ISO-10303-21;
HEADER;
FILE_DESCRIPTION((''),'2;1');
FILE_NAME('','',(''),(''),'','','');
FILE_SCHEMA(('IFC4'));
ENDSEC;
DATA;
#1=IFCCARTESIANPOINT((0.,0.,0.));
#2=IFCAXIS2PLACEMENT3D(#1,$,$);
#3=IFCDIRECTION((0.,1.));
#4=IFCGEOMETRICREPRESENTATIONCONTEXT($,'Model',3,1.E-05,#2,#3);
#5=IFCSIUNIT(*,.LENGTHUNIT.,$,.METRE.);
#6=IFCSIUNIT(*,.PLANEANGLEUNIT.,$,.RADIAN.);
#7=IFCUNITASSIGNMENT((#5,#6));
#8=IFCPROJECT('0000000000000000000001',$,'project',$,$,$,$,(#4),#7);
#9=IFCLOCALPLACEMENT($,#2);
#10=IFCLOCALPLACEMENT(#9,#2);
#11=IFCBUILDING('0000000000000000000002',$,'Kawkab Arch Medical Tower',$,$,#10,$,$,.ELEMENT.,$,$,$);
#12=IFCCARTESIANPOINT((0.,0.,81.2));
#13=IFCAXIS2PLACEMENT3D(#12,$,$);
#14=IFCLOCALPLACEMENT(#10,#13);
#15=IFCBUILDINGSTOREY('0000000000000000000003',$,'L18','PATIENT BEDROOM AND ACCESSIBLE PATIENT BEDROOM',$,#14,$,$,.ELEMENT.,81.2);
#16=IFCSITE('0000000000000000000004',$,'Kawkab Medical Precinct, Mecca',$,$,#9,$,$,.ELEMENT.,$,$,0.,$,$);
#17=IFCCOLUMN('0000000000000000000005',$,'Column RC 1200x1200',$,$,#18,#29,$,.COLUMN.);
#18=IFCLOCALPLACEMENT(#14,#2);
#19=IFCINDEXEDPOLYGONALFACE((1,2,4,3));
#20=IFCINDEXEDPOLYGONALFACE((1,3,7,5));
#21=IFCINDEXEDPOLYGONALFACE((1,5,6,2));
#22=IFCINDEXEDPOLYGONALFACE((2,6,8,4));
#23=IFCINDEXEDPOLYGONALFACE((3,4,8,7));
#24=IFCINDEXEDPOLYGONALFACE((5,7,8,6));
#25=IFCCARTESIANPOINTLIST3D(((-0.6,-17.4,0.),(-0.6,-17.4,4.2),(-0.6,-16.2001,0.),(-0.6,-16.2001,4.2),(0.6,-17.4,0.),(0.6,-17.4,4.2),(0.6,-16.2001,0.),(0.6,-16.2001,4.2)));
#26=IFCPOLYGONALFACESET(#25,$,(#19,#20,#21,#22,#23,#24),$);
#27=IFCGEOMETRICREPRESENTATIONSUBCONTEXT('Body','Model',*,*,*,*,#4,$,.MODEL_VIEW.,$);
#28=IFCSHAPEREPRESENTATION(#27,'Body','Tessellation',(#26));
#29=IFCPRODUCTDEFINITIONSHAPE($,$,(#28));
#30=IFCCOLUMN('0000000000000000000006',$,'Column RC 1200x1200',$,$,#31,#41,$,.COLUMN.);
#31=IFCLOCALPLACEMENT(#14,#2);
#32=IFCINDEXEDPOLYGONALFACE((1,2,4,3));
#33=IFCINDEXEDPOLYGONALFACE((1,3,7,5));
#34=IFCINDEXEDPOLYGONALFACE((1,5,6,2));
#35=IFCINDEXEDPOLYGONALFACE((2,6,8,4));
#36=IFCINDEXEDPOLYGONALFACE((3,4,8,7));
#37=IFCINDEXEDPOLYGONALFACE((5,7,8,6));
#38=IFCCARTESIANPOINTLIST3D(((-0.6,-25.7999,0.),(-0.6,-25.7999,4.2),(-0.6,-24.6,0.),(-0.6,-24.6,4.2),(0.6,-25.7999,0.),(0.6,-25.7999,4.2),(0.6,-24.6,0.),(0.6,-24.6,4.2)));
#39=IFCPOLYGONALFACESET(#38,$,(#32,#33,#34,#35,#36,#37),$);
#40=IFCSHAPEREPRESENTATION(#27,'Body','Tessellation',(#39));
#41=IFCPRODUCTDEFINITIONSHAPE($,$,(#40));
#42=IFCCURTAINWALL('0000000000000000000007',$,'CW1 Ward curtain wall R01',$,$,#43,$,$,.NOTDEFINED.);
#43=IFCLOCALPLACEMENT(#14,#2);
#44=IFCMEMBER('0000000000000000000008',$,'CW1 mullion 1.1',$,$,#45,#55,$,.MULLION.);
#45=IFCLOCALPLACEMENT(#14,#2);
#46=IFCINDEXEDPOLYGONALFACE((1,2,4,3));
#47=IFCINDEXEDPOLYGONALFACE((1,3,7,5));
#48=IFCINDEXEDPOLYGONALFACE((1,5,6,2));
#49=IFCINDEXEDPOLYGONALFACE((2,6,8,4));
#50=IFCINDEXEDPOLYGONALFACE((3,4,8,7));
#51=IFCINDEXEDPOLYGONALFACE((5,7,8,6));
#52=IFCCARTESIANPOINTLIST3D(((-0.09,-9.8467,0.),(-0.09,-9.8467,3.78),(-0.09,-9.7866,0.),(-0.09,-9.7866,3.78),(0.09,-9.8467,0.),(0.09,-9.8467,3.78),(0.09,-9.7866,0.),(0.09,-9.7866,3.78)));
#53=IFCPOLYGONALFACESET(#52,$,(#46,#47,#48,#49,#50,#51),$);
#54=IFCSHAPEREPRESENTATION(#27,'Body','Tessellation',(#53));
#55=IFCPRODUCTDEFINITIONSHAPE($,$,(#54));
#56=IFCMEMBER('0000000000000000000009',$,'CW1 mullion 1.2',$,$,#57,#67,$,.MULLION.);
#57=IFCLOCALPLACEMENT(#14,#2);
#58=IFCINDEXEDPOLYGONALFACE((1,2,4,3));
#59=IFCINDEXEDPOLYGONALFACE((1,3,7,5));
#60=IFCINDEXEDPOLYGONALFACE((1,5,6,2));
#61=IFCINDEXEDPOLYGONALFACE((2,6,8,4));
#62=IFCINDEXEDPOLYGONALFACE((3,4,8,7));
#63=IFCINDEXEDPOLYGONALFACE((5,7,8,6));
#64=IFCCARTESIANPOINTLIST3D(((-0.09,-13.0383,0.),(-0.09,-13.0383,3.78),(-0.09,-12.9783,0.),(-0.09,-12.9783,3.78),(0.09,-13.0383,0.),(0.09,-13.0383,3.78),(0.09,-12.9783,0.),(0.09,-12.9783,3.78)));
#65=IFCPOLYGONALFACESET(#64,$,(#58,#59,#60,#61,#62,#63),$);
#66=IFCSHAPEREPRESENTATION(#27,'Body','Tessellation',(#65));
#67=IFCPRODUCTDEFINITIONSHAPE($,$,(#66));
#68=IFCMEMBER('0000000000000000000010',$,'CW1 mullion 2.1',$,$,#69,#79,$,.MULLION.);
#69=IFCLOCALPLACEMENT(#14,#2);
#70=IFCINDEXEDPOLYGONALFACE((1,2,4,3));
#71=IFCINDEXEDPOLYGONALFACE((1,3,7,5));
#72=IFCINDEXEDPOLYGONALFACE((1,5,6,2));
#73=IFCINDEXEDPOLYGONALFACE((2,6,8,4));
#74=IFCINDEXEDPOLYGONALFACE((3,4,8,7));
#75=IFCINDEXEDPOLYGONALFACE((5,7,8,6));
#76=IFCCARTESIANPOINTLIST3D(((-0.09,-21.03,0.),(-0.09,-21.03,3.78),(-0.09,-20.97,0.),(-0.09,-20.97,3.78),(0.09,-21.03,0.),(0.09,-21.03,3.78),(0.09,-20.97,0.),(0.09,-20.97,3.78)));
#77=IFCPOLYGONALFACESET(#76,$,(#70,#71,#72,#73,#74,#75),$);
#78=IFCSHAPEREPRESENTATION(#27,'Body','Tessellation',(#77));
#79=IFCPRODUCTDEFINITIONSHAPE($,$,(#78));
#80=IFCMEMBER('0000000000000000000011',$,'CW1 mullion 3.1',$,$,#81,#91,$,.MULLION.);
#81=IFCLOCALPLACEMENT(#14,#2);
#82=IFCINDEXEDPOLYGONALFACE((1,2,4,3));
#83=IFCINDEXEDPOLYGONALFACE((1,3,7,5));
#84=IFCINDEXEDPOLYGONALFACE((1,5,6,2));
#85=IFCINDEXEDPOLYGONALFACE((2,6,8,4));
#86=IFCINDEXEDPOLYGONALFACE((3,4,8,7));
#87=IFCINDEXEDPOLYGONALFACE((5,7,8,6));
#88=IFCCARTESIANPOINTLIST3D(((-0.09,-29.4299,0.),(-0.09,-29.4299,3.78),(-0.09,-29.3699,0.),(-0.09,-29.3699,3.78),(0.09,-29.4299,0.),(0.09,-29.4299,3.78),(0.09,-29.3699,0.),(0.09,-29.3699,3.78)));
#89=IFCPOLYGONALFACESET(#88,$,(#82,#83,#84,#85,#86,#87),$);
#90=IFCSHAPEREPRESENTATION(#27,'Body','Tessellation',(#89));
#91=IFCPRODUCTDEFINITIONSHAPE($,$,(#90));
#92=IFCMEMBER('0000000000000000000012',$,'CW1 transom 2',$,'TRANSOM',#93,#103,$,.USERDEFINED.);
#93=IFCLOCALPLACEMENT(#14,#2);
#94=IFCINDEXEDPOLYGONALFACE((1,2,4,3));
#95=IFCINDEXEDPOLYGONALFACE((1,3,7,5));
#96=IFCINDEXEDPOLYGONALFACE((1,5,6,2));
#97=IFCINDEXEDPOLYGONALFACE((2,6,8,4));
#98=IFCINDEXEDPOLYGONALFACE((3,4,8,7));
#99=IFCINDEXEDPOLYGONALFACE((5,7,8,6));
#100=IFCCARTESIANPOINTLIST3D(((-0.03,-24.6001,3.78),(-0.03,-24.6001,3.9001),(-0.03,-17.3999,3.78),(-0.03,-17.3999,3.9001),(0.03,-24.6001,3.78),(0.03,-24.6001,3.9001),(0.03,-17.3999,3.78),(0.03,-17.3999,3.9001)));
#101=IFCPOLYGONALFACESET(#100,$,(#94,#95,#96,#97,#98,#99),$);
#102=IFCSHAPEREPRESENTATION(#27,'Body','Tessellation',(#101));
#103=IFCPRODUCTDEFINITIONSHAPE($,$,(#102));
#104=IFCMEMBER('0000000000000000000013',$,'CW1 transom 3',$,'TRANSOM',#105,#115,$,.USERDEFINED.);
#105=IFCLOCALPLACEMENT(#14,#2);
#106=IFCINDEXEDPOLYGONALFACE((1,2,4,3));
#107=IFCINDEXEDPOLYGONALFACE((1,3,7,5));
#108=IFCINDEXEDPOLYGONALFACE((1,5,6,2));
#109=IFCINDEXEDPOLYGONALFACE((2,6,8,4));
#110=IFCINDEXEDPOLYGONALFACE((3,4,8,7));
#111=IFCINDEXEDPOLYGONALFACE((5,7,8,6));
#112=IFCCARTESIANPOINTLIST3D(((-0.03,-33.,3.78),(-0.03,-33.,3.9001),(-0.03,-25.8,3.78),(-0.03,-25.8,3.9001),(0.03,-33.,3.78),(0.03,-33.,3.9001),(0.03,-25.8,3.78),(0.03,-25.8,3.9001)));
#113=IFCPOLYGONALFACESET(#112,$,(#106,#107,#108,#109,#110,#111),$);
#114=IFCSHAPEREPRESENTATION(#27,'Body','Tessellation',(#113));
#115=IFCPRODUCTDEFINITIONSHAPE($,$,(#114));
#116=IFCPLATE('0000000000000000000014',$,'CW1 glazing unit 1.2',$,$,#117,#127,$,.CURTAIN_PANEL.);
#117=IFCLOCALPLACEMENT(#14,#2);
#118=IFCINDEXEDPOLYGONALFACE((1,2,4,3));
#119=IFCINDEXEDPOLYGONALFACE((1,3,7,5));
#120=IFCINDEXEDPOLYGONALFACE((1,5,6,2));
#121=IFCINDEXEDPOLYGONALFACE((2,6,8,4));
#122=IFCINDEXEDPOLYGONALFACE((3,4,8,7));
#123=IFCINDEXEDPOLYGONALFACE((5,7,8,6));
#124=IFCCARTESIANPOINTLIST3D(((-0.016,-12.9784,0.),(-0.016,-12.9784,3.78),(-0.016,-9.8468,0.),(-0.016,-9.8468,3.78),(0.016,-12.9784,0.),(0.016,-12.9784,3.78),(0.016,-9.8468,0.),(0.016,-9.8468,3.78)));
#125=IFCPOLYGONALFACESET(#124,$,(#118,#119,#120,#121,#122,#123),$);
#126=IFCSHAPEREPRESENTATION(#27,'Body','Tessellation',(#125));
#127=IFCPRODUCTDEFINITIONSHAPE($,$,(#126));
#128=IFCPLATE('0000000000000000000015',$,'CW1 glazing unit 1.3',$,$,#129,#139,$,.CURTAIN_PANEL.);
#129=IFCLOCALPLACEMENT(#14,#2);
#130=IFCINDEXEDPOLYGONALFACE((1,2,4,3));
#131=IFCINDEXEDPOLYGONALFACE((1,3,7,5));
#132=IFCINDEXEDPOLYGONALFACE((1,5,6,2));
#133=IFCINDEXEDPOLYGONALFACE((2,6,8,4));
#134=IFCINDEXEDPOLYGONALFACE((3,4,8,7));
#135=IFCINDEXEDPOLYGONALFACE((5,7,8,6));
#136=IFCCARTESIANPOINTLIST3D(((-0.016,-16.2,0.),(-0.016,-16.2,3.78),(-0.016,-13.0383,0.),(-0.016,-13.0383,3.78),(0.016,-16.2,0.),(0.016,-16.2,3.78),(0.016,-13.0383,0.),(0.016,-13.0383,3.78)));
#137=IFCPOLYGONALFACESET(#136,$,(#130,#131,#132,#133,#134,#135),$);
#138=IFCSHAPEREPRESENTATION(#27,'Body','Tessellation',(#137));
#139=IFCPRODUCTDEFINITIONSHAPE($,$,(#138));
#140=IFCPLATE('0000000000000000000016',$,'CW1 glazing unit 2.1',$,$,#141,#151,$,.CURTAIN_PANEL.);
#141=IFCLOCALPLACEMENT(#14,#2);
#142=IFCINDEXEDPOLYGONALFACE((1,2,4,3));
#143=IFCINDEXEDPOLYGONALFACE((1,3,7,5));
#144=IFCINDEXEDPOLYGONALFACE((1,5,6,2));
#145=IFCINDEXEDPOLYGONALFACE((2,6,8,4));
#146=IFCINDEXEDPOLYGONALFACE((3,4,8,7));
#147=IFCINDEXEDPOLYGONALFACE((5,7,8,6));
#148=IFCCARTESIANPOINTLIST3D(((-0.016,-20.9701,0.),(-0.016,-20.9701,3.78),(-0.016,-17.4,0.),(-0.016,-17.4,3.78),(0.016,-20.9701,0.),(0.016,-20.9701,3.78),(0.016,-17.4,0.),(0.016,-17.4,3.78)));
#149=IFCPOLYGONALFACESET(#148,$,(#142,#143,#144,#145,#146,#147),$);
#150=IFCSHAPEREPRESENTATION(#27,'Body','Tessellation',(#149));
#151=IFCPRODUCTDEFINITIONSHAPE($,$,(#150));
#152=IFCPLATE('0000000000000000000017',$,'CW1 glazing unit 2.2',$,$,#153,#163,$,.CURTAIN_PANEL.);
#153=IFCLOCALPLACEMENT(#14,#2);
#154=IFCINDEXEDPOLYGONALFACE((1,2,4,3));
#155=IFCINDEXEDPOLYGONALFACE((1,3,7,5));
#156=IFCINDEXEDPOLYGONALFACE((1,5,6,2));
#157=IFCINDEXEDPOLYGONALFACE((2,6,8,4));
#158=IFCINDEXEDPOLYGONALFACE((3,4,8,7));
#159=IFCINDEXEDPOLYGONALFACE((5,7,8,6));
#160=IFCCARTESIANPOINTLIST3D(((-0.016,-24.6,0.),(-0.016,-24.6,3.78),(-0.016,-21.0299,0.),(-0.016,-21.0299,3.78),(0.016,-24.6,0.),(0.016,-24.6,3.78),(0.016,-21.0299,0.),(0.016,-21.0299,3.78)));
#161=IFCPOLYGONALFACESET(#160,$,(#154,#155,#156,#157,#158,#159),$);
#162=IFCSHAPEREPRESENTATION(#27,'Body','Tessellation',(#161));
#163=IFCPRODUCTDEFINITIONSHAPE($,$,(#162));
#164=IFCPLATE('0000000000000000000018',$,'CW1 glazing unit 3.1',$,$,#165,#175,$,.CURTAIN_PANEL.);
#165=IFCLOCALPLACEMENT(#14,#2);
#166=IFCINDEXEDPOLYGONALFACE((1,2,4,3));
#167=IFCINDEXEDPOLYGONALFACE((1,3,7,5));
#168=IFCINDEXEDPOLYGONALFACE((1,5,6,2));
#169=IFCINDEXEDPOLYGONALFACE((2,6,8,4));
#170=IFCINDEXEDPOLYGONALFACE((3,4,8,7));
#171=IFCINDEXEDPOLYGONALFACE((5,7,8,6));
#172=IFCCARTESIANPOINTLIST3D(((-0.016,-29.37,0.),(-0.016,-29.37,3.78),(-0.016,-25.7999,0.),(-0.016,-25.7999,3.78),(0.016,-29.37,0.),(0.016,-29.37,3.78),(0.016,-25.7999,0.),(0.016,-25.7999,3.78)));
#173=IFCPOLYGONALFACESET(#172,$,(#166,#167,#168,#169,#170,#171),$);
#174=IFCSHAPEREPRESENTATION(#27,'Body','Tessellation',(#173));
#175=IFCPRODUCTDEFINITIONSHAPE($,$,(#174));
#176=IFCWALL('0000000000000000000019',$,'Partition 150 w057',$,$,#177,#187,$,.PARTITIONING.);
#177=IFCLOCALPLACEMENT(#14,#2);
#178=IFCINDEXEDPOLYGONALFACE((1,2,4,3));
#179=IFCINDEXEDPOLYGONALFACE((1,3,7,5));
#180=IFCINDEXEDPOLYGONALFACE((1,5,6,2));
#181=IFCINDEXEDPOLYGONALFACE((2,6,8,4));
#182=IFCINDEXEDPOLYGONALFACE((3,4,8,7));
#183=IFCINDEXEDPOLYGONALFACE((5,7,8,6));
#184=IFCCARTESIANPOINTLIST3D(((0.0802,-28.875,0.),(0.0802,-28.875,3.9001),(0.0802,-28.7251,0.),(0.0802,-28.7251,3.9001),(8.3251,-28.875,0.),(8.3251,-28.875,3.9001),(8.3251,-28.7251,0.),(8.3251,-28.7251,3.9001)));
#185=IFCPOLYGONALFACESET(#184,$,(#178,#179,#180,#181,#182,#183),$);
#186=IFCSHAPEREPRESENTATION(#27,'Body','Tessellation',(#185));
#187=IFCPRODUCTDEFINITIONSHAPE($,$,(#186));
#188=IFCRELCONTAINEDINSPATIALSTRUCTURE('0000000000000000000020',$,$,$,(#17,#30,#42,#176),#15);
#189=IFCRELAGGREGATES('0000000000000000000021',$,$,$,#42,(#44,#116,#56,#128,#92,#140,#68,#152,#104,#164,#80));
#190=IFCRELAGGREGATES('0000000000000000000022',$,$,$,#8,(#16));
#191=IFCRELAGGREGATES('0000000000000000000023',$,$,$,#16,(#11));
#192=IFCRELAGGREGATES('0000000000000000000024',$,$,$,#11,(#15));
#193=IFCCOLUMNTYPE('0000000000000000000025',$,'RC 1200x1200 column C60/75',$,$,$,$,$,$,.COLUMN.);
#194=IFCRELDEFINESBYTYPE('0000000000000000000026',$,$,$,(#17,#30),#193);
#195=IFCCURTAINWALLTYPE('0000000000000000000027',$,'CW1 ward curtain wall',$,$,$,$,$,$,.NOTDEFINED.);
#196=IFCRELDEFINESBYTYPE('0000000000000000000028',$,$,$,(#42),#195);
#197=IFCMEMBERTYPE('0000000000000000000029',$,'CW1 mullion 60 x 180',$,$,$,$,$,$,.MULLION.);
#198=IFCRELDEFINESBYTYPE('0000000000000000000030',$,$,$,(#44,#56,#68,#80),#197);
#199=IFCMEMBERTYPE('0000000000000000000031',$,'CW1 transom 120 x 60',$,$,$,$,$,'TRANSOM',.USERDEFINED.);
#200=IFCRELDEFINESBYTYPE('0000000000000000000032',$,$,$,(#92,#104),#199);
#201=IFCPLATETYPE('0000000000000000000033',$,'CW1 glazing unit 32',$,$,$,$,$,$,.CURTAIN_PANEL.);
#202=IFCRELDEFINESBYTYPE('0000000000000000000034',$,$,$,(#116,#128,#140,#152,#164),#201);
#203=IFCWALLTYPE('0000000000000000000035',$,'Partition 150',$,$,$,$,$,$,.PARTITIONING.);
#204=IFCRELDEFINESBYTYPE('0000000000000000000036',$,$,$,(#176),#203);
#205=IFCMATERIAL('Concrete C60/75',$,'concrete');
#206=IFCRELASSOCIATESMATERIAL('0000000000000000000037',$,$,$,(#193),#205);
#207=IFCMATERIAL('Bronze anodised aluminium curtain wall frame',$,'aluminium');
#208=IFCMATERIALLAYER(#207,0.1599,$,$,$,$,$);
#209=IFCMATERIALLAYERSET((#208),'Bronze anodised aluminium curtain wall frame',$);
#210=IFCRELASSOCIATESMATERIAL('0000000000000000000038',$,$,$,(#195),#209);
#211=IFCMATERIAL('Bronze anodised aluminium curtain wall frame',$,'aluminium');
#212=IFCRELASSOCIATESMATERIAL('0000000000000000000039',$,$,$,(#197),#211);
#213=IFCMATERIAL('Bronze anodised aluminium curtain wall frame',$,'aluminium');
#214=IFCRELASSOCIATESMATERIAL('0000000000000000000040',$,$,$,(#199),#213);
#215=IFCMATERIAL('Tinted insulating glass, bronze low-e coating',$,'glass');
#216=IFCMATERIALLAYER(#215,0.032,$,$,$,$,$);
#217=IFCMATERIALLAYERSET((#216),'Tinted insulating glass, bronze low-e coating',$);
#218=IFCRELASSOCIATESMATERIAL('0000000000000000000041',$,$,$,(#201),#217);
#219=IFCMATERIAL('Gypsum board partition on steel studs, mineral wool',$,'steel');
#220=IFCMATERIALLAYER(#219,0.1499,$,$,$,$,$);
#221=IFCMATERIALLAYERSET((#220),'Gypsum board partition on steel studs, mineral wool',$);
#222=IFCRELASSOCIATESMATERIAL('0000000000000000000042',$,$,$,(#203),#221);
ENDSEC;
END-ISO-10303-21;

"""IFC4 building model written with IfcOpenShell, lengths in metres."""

from ifc_helpers import new_model, si_unit, direction, frame, frame_2d, origin, origin_2d, place, context, subcontext, project, spatial, rectangle, extrude, material, layer, layer_set, material_profile, profile_set, type_object, element, aggregate, save


model = new_model("IFC4")

# Units and contexts
model_context = context("Model", 3, precision=1e-05, world=origin(), true_north=direction((0.0, 1.0)))
body_context = subcontext(model_context, "Body", "Model", "MODEL_VIEW")
ifc_project = project(units=[si_unit("LENGTHUNIT", "METRE"), si_unit("PLANEANGLEUNIT", "RADIAN")], contexts=[model_context])

# Site, building, storey
site_placement = place(None, origin())
site = spatial("IfcSite", under=ifc_project, at=site_placement, Name="Kawkab Medical Precinct, Mecca", CompositionType="ELEMENT", RefElevation=0.0)
building_placement = place(site_placement, origin())
building = spatial("IfcBuilding", under=site, at=building_placement, Name="Kawkab Arch Medical Tower", CompositionType="ELEMENT")
storey_placement = place(building_placement, frame((0.0, 0.0, 81.2)))
storey = spatial("IfcBuildingStorey", under=building, at=storey_placement, Name="L18", Description="PATIENT BEDROOM AND ACCESSIBLE PATIENT BEDROOM", CompositionType="ELEMENT", Elevation=81.2)

# Columns
ifc_material_1 = material(Name="Concrete C60/75", Category="concrete")
ifc_material_profile_1 = material_profile(ifc_material_1, rectangle(XDim=1.2, YDim=1.2, at=origin_2d()), Name="RC 1200x1200")
ifc_profile_set_1 = profile_set([ifc_material_profile_1], Name="Concrete C60/75")
column_type = type_object("IfcColumnType", Name="RC 1200x1200 column C60/75", PredefinedType="COLUMN", material=ifc_profile_set_1)
for number, where, z_axis, x_axis, name in (
    (1, (0.0, -16.8, 0.0), (0.0, 0.0, 1.0), (1.0, 0.0, 0.0), "Column RC 1200x1200"),
    (2, (0.0, -25.2, 0.0), (0.0, 0.0, 1.0), (1.0, 0.0, 0.0), "Column RC 1200x1200"),
):
    element("IfcColumn", number, at=place(storey_placement, frame(where, z_axis=z_axis, x_axis=x_axis)), inside=storey, type_object=column_type, Name=name, PredefinedType="COLUMN", context=body_context, shape_type="SweptSolid", body=[
        extrude(rectangle(XDim=1.2, YDim=1.2, at=origin_2d()), origin(), (0.0, 0.0, 1.0), 4.2),
    ])

# Curtain wall, members, plates
ifc_material_2 = material(Name="Bronze anodised aluminium curtain wall frame", Category="aluminium")
ifc_layer_1 = layer(ifc_material_2, 0.1599)
ifc_layer_set_1 = layer_set([ifc_layer_1], Name="Bronze anodised aluminium curtain wall frame")
curtain_wall_type = type_object("IfcCurtainWallType", Name="CW1 ward curtain wall", PredefinedType="NOTDEFINED", material=ifc_layer_set_1)
placement = place(storey_placement, origin())
curtain_wall = element("IfcCurtainWall", 3, at=placement, inside=storey, type_object=curtain_wall_type, Name="CW1 Ward curtain wall R01", PredefinedType="NOTDEFINED")
ifc_material_3 = material(Name="Bronze anodised aluminium curtain wall frame", Category="aluminium")
ifc_material_profile_2 = material_profile(ifc_material_3, rectangle(XDim=0.1799, YDim=0.0601, at=origin_2d()), Name="AL 60x180")
ifc_profile_set_2 = profile_set([ifc_material_profile_2], Name="Bronze anodised aluminium curtain wall frame")
member_type_1 = type_object("IfcMemberType", Name="CW1 mullion 60 x 180", PredefinedType="MULLION", material=ifc_profile_set_2)
member_1_placement = place(storey_placement, frame((0.0, -9.8167, 0.0), z_axis=(0.0, 0.0, 1.0), x_axis=(1.0, 0.0, 0.0)))
member_1 = element("IfcMember", 4, at=member_1_placement, type_object=member_type_1, Name="CW1 mullion 1.1", PredefinedType="MULLION", context=body_context, shape_type="SweptSolid", body=[
    extrude(rectangle(XDim=0.1799, YDim=0.0601, at=origin_2d()), origin(), (0.0, 0.0, 1.0), 3.78),
])
member_2_placement = place(storey_placement, frame((0.0, -13.0083, 0.0), z_axis=(0.0, 0.0, 1.0), x_axis=(1.0, 0.0, 0.0)))
member_2 = element("IfcMember", 5, at=member_2_placement, type_object=member_type_1, Name="CW1 mullion 1.2", PredefinedType="MULLION", context=body_context, shape_type="SweptSolid", body=[
    extrude(rectangle(XDim=0.1799, YDim=0.0601, at=origin_2d()), origin(), (0.0, 0.0, 1.0), 3.78),
])
member_3_placement = place(storey_placement, frame((0.0, -21.0, 0.0), z_axis=(0.0, 0.0, 1.0), x_axis=(1.0, 0.0, 0.0)))
member_3 = element("IfcMember", 6, at=member_3_placement, type_object=member_type_1, Name="CW1 mullion 2.1", PredefinedType="MULLION", context=body_context, shape_type="SweptSolid", body=[
    extrude(rectangle(XDim=0.1799, YDim=0.0601, at=origin_2d()), origin(), (0.0, 0.0, 1.0), 3.78),
])
member_4_placement = place(storey_placement, frame((0.0, -29.3999, 0.0), z_axis=(0.0, 0.0, 1.0), x_axis=(1.0, 0.0, 0.0)))
member_4 = element("IfcMember", 7, at=member_4_placement, type_object=member_type_1, Name="CW1 mullion 3.1", PredefinedType="MULLION", context=body_context, shape_type="SweptSolid", body=[
    extrude(rectangle(XDim=0.1799, YDim=0.0601, at=origin_2d()), origin(), (0.0, 0.0, 1.0), 3.78),
])
ifc_material_4 = material(Name="Bronze anodised aluminium curtain wall frame", Category="aluminium")
ifc_material_profile_3 = material_profile(ifc_material_4, rectangle(XDim=0.0601, YDim=0.1201, at=origin_2d()), Name="AL 60x120")
ifc_profile_set_3 = profile_set([ifc_material_profile_3], Name="Bronze anodised aluminium curtain wall frame")
member_type_2 = type_object("IfcMemberType", Name="CW1 transom 120 x 60", ElementType="TRANSOM", PredefinedType="USERDEFINED", material=ifc_profile_set_3)
member_5_placement = place(storey_placement, frame((0.0, -17.3999, 3.8401), z_axis=(0.0, -1.0, 0.0), x_axis=(1.0, 0.0, 0.0)))
member_5 = element("IfcMember", 8, at=member_5_placement, type_object=member_type_2, Name="CW1 transom 2", ObjectType="TRANSOM", PredefinedType="USERDEFINED", context=body_context, shape_type="SweptSolid", body=[
    extrude(rectangle(XDim=0.0601, YDim=0.1201, at=origin_2d()), origin(), (0.0, 0.0, 1.0), 7.2002),
])
member_6_placement = place(storey_placement, frame((0.0, -25.8, 3.8401), z_axis=(0.0, -1.0, 0.0), x_axis=(1.0, 0.0, 0.0)))
member_6 = element("IfcMember", 9, at=member_6_placement, type_object=member_type_2, Name="CW1 transom 3", ObjectType="TRANSOM", PredefinedType="USERDEFINED", context=body_context, shape_type="SweptSolid", body=[
    extrude(rectangle(XDim=0.0601, YDim=0.1201, at=origin_2d()), origin(), (0.0, 0.0, 1.0), 7.2),
])
ifc_material_5 = material(Name="Tinted insulating glass, bronze low-e coating", Category="glass")
ifc_layer_2 = layer(ifc_material_5, 0.032)
ifc_layer_set_2 = layer_set([ifc_layer_2], Name="Tinted insulating glass, bronze low-e coating")
plate_type = type_object("IfcPlateType", Name="CW1 glazing unit 32", PredefinedType="CURTAIN_PANEL", material=ifc_layer_set_2)
plate_1_placement = place(storey_placement, frame((0.0, -11.4126, 0.0), z_axis=(0.0, 0.0, 1.0), x_axis=(0.0, -1.0, 0.0)))
plate_1 = element("IfcPlate", 10, at=plate_1_placement, type_object=plate_type, Name="CW1 glazing unit 1.2", PredefinedType="CURTAIN_PANEL", context=body_context, shape_type="SweptSolid", body=[
    extrude(rectangle(XDim=3.1316, YDim=0.032, at=origin_2d()), origin(), (0.0, 0.0, 1.0), 3.78),
])
plate_2_placement = place(storey_placement, frame((0.0, -14.6191, 0.0), z_axis=(0.0, 0.0, 1.0), x_axis=(0.0, -1.0, 0.0)))
plate_2 = element("IfcPlate", 11, at=plate_2_placement, type_object=plate_type, Name="CW1 glazing unit 1.3", PredefinedType="CURTAIN_PANEL", context=body_context, shape_type="SweptSolid", body=[
    extrude(rectangle(XDim=3.1616, YDim=0.032, at=origin_2d()), origin(), (0.0, 0.0, 1.0), 3.78),
])
plate_3_placement = place(storey_placement, frame((0.0, -19.1851, 0.0), z_axis=(0.0, 0.0, 1.0), x_axis=(0.0, -1.0, 0.0)))
plate_3 = element("IfcPlate", 12, at=plate_3_placement, type_object=plate_type, Name="CW1 glazing unit 2.1", PredefinedType="CURTAIN_PANEL", context=body_context, shape_type="SweptSolid", body=[
    extrude(rectangle(XDim=3.5701, YDim=0.032, at=origin_2d()), origin(), (0.0, 0.0, 1.0), 3.78),
])
plate_4_placement = place(storey_placement, frame((0.0, -22.8149, 0.0), z_axis=(0.0, 0.0, 1.0), x_axis=(0.0, -1.0, 0.0)))
plate_4 = element("IfcPlate", 13, at=plate_4_placement, type_object=plate_type, Name="CW1 glazing unit 2.2", PredefinedType="CURTAIN_PANEL", context=body_context, shape_type="SweptSolid", body=[
    extrude(rectangle(XDim=3.5701, YDim=0.032, at=origin_2d()), origin(), (0.0, 0.0, 1.0), 3.78),
])
plate_5_placement = place(storey_placement, frame((0.0, -27.585, 0.0), z_axis=(0.0, 0.0, 1.0), x_axis=(0.0, -1.0, 0.0)))
plate_5 = element("IfcPlate", 14, at=plate_5_placement, type_object=plate_type, Name="CW1 glazing unit 3.1", PredefinedType="CURTAIN_PANEL", context=body_context, shape_type="SweptSolid", body=[
    extrude(rectangle(XDim=3.5701, YDim=0.032, at=origin_2d()), origin(), (0.0, 0.0, 1.0), 3.78),
])
aggregate(curtain_wall, [member_1, plate_1, member_2, plate_2, member_5, plate_3, member_3, plate_4, member_6, plate_5, member_4])

# Wall
ifc_material_6 = material(Name="Gypsum board partition on steel studs, mineral wool", Category="steel")
ifc_layer_3 = layer(ifc_material_6, 0.1499)
ifc_layer_set_3 = layer_set([ifc_layer_3], Name="Gypsum board partition on steel studs, mineral wool")
wall_type_1 = type_object("IfcWallType", Name="Partition 150", PredefinedType="PARTITIONING", material=ifc_layer_set_3)
wall_placement = place(storey_placement, frame((0.0801, -28.8, 0.0), z_axis=(0.0, 0.0, 1.0), x_axis=(1.0, 0.0, 0.0)))
element("IfcWall", 15, at=wall_placement, inside=storey, type_object=wall_type_1, Name="Partition 150 w057", PredefinedType="PARTITIONING", context=body_context, shape_type="SweptSolid", body=[
    extrude(rectangle(XDim=8.2449, YDim=0.1499, at=frame_2d((4.1226, 0.0))), origin(), (0.0, 0.0, 1.0), 3.9001),
])

save(model, "model.ifc")
